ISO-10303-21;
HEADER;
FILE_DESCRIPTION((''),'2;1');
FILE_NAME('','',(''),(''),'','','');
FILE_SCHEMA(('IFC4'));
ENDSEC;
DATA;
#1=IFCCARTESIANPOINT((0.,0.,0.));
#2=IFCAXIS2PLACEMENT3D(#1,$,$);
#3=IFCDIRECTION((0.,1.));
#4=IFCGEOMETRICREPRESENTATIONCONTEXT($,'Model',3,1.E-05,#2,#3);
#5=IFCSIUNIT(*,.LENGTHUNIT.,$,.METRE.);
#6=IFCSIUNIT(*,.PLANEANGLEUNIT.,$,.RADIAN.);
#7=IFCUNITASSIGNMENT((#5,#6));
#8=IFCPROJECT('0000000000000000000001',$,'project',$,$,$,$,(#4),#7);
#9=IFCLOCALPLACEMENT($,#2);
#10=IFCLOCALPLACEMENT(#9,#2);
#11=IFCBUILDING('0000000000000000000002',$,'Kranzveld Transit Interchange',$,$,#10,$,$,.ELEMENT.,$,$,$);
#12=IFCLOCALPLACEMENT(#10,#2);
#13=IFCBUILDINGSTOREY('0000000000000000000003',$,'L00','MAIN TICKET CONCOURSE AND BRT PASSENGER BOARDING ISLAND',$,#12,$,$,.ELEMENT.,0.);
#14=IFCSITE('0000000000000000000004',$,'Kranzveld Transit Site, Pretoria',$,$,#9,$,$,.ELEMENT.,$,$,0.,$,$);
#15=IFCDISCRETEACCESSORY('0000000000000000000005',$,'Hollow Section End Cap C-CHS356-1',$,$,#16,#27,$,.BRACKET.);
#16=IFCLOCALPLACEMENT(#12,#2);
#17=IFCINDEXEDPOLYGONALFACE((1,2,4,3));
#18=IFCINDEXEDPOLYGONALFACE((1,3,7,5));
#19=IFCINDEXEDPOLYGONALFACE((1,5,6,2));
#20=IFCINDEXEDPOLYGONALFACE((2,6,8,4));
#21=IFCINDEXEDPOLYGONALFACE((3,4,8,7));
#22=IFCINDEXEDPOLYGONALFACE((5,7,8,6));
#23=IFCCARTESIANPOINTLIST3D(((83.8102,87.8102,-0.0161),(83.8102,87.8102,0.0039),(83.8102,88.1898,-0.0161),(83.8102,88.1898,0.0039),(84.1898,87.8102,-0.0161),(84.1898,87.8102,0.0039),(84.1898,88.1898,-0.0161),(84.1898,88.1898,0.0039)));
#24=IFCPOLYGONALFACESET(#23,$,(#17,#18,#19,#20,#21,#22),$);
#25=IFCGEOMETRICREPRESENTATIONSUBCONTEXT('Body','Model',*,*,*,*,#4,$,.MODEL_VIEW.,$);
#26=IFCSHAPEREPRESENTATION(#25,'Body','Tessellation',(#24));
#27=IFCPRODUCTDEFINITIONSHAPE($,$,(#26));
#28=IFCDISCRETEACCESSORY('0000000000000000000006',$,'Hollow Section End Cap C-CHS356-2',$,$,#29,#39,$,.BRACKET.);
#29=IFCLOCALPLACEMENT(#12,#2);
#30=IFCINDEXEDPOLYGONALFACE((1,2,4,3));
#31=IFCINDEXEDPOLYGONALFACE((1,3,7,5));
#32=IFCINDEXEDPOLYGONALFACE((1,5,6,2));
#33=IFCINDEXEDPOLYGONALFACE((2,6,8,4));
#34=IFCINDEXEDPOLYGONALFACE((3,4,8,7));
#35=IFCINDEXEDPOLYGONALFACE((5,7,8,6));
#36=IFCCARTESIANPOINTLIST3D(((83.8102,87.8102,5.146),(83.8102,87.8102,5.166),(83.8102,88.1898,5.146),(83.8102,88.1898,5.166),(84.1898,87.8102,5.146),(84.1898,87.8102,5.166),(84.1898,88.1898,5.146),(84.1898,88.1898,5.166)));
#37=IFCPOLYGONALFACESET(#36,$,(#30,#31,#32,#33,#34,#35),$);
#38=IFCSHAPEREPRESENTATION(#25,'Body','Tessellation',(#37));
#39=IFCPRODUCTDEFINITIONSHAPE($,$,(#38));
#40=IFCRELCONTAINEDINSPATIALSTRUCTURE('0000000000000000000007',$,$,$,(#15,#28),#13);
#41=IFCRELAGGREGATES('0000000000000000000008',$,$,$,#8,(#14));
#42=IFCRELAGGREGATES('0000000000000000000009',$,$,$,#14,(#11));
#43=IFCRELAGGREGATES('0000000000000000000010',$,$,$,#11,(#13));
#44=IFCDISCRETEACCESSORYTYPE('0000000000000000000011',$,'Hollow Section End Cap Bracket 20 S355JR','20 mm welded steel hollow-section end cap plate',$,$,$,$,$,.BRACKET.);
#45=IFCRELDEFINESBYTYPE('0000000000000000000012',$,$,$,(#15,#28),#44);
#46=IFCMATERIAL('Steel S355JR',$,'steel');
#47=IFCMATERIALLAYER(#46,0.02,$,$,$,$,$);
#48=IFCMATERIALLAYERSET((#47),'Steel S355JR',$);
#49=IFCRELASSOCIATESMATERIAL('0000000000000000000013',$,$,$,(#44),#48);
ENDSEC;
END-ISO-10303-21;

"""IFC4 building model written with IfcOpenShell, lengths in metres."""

from ifc_helpers import new_model, si_unit, direction, frame, origin, origin_2d, place, context, subcontext, project, spatial, rectangle, extrude, material, layer, layer_set, type_object, element, save


model = new_model("IFC4")

# Units and contexts
model_context = context("Model", 3, precision=1e-05, world=origin(), true_north=direction((0.0, 1.0)))
body_context = subcontext(model_context, "Body", "Model", "MODEL_VIEW")
ifc_project = project(units=[si_unit("LENGTHUNIT", "METRE"), si_unit("PLANEANGLEUNIT", "RADIAN")], contexts=[model_context])

# Site, building, storey
site_placement = place(None, origin())
site = spatial("IfcSite", under=ifc_project, at=site_placement, Name="Kranzveld Transit Site, Pretoria", CompositionType="ELEMENT", RefElevation=0.0)
building_placement = place(site_placement, origin())
building = spatial("IfcBuilding", under=site, at=building_placement, Name="Kranzveld Transit Interchange", CompositionType="ELEMENT")
storey_placement = place(building_placement, origin())
storey = spatial("IfcBuildingStorey", under=building, at=storey_placement, Name="L00", Description="MAIN TICKET CONCOURSE AND BRT PASSENGER BOARDING ISLAND", CompositionType="ELEMENT", Elevation=0.0)

# Discrete accessories
ifc_material_1 = material(Name="Steel S355JR", Category="steel")
ifc_layer_1 = layer(ifc_material_1, 0.02)
ifc_layer_set_1 = layer_set([ifc_layer_1], Name="Steel S355JR")
discrete_accessory_type = type_object("IfcDiscreteAccessoryType", Name="Hollow Section End Cap Bracket 20 S355JR", Description="20 mm welded steel hollow-section end cap plate", PredefinedType="BRACKET", material=ifc_layer_set_1)
for number, where, z_axis, x_axis, name in (
    (1, (84.0, 88.0, 0.0039), (0.0, 0.0, -1.0), (1.0, 0.0, 0.0), "Hollow Section End Cap C-CHS356-1"),
    (2, (84.0, 88.0, 5.146), (0.0, 0.0, 1.0), (1.0, 0.0, 0.0), "Hollow Section End Cap C-CHS356-2"),
):
    element("IfcDiscreteAccessory", number, at=place(storey_placement, frame(where, z_axis=z_axis, x_axis=x_axis)), inside=storey, type_object=discrete_accessory_type, Name=name, PredefinedType="BRACKET", context=body_context, shape_type="SweptSolid", body=[
        extrude(rectangle(XDim=0.3796, YDim=0.3796, at=origin_2d()), origin(), (0.0, 0.0, 1.0), 0.02),
    ])

save(model, "model.ifc")
